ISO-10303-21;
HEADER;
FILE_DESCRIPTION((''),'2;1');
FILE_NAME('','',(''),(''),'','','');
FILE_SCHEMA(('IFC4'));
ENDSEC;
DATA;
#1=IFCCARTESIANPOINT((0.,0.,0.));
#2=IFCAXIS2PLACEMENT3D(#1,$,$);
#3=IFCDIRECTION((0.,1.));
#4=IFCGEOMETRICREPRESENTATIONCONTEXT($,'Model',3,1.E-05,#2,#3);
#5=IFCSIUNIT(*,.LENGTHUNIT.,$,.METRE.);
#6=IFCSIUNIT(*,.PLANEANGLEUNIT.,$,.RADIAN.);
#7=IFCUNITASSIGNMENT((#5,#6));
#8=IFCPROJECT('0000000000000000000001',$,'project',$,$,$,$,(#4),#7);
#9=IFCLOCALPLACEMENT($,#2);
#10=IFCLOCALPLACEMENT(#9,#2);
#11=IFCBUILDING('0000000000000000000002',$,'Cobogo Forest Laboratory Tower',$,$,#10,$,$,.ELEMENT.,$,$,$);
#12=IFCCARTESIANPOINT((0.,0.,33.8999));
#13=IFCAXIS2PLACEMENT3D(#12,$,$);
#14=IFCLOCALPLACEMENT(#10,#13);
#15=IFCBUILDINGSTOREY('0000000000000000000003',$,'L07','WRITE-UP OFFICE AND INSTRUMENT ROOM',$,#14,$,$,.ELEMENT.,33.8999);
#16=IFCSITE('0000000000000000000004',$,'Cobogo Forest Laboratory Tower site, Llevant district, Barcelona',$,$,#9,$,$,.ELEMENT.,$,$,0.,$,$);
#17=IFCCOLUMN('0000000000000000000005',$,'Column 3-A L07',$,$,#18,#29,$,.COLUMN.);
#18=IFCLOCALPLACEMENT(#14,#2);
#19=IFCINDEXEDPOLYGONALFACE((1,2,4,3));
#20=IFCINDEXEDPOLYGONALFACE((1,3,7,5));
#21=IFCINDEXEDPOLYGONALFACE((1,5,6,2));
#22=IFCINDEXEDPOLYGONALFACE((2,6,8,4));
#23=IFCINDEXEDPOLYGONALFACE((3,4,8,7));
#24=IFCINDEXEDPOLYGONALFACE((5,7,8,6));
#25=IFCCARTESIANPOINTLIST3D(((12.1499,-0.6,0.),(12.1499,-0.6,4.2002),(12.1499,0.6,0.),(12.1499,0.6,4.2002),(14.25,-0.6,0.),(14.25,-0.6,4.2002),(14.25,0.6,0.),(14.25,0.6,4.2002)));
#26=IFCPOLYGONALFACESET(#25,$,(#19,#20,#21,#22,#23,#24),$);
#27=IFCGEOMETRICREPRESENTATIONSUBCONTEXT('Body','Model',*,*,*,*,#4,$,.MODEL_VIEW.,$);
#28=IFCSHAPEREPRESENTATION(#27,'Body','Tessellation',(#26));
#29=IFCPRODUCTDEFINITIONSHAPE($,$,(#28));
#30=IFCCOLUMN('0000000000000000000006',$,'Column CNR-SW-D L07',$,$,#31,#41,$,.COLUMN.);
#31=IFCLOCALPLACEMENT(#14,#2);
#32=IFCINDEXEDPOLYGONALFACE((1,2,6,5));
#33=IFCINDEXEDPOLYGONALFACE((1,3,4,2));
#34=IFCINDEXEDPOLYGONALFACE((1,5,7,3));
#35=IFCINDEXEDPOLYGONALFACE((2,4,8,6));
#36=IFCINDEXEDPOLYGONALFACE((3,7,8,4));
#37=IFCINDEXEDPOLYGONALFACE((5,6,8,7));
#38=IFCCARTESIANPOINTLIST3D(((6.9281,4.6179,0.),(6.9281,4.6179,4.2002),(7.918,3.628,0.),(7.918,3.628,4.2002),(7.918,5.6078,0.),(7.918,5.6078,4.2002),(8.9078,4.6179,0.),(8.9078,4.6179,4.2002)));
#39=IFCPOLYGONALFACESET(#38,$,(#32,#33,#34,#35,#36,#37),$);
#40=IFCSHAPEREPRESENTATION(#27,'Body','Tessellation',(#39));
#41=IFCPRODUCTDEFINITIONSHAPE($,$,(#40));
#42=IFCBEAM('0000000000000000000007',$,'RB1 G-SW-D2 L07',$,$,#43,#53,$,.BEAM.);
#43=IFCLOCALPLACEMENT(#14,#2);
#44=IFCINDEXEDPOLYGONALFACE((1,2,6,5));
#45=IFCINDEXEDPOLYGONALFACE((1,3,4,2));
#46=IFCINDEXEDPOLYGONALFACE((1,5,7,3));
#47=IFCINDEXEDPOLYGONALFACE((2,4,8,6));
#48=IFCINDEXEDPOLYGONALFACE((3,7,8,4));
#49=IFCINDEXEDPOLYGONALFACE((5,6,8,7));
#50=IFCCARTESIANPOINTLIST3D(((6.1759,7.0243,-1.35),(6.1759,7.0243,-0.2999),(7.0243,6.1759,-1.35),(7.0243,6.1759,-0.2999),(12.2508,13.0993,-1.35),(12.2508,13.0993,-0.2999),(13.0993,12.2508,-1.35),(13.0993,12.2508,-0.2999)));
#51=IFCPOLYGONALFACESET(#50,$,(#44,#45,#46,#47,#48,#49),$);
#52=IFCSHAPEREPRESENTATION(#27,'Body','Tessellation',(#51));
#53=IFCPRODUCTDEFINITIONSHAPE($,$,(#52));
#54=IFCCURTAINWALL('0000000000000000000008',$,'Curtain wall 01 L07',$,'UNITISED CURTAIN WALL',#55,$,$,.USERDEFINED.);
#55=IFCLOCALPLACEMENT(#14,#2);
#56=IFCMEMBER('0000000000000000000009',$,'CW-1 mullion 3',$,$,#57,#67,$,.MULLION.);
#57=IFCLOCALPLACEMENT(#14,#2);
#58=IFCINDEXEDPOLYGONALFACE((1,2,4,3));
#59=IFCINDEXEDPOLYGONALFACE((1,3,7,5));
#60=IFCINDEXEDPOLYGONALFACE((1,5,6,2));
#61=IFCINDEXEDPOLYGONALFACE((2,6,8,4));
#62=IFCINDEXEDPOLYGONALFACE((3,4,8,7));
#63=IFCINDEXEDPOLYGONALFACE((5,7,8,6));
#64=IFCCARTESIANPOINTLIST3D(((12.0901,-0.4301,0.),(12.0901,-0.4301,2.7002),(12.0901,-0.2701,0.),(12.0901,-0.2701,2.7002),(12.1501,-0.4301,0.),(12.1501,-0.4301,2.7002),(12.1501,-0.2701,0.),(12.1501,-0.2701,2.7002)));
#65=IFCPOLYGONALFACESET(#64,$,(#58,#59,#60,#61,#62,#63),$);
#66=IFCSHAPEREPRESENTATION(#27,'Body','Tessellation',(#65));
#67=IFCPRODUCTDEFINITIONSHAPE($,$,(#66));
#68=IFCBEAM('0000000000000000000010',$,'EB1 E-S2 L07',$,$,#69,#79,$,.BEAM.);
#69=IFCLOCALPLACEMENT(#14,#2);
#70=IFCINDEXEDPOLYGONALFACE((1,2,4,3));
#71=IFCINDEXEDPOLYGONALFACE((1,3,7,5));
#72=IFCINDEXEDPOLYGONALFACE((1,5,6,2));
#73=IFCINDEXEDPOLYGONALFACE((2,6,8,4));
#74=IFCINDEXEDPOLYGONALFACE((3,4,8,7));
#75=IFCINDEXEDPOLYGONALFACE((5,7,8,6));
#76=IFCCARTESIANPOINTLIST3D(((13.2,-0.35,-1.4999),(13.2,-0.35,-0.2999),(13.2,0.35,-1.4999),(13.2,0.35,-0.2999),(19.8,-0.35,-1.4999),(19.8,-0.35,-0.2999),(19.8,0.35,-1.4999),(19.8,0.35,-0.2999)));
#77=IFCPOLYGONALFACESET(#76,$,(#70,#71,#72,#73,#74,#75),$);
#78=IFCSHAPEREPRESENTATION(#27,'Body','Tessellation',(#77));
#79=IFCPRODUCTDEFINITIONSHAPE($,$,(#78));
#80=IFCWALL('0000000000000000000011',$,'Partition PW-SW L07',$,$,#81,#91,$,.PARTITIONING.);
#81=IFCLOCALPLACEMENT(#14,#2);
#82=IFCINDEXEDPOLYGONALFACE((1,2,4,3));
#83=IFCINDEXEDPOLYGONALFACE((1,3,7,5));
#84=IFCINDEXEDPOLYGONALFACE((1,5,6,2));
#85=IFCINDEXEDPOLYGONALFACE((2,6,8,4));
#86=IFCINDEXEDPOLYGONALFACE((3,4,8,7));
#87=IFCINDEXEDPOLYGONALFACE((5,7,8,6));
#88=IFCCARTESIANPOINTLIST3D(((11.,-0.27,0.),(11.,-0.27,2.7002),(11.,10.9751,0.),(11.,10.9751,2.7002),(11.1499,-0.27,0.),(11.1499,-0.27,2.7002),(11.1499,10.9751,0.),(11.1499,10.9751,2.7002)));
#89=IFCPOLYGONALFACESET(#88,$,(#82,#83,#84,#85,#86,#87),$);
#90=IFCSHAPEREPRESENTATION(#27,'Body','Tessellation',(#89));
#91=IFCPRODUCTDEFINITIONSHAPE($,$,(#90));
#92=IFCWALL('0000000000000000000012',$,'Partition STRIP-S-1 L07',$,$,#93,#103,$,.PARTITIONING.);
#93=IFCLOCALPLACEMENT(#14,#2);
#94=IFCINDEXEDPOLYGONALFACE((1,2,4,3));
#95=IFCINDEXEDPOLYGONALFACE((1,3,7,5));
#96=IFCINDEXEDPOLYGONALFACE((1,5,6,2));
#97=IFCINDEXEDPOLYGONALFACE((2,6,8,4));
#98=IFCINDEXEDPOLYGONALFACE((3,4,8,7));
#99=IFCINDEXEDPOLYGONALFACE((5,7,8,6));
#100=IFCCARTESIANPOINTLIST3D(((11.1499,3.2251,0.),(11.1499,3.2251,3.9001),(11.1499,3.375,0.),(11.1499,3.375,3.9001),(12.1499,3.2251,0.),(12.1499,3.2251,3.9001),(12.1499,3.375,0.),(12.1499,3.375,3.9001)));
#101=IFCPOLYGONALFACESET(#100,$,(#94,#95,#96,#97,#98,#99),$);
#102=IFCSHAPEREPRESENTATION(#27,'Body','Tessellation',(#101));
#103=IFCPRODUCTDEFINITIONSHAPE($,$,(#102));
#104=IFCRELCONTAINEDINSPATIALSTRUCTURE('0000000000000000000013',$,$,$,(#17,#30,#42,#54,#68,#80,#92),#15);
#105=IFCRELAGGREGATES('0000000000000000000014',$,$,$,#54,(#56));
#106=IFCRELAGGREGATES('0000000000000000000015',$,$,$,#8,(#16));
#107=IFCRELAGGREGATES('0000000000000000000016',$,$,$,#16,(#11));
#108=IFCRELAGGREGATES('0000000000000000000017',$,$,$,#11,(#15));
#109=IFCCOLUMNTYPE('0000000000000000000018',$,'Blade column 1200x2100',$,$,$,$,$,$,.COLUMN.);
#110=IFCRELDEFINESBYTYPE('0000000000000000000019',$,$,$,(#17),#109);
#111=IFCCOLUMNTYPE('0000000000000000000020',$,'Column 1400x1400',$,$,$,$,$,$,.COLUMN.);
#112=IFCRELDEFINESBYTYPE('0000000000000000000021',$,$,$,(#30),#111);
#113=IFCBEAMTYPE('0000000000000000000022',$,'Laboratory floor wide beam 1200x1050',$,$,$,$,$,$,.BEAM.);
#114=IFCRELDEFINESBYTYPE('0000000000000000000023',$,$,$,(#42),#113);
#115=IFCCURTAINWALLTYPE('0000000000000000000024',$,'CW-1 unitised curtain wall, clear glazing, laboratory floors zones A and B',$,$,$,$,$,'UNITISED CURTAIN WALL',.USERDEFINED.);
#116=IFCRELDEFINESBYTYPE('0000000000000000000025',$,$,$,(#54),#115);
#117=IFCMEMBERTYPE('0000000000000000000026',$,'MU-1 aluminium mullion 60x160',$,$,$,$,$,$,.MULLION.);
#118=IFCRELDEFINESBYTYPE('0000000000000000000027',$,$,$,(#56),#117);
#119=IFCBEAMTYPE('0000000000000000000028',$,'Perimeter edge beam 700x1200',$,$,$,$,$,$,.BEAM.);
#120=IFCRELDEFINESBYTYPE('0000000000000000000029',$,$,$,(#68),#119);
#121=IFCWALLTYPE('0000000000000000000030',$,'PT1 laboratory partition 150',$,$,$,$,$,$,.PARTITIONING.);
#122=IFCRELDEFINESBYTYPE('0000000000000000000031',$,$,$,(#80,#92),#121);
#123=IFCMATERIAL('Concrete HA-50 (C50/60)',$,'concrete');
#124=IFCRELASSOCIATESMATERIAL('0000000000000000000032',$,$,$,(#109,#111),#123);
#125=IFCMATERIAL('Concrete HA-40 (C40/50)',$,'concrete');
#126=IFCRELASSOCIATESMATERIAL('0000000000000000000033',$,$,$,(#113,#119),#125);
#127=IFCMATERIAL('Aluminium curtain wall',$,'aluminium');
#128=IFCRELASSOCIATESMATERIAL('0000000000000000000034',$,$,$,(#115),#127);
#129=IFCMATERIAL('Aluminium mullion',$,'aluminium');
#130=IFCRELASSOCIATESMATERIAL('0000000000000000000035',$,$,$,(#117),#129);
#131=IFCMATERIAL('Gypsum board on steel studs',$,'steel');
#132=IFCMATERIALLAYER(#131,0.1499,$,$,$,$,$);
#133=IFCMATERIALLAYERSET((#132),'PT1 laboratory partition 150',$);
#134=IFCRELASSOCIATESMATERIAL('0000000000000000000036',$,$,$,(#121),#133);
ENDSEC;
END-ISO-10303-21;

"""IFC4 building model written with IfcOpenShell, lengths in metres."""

from ifc_helpers import new_model, si_unit, direction, frame, frame_2d, origin, origin_2d, place, context, subcontext, project, spatial, rectangle, extrude, material, layer, layer_set, material_profile, profile_set, type_object, element, aggregate, save


model = new_model("IFC4")

# Units and contexts
model_context = context("Model", 3, precision=1e-05, world=origin(), true_north=direction((0.0, 1.0)))
body_context = subcontext(model_context, "Body", "Model", "MODEL_VIEW")
ifc_project = project(units=[si_unit("LENGTHUNIT", "METRE"), si_unit("PLANEANGLEUNIT", "RADIAN")], contexts=[model_context])

# Site, building, storey
site_placement = place(None, origin())
site = spatial("IfcSite", under=ifc_project, at=site_placement, Name="Cobogo Forest Laboratory Tower site, Llevant district, Barcelona", CompositionType="ELEMENT", RefElevation=0.0)
building_placement = place(site_placement, origin())
building = spatial("IfcBuilding", under=site, at=building_placement, Name="Cobogo Forest Laboratory Tower", CompositionType="ELEMENT")
storey_placement = place(building_placement, frame((0.0, 0.0, 33.8999)))
storey = spatial("IfcBuildingStorey", under=building, at=storey_placement, Name="L07", Description="WRITE-UP OFFICE AND INSTRUMENT ROOM", CompositionType="ELEMENT", Elevation=33.8999)

# Columns
ifc_material_1 = material(Name="Concrete HA-50 (C50/60)", Category="concrete")
ifc_material_profile_1 = material_profile(ifc_material_1, rectangle(XDim=2.1001, YDim=1.2, at=origin_2d()), Name="RC 1200x2100")
ifc_profile_set_1 = profile_set([ifc_material_profile_1], Name="Concrete HA-50 (C50/60)")
column_type_1 = type_object("IfcColumnType", Name="Blade column 1200x2100", PredefinedType="COLUMN", material=ifc_profile_set_1)
column_1_placement = place(storey_placement, frame((13.2, 0.0, 0.0), z_axis=(0.0, 0.0, 1.0), x_axis=(1.0, 0.0, 0.0)))
element("IfcColumn", 1, at=column_1_placement, inside=storey, type_object=column_type_1, Name="Column 3-A L07", PredefinedType="COLUMN", context=body_context, shape_type="SweptSolid", body=[
    extrude(rectangle(XDim=2.1001, YDim=1.2, at=origin_2d()), origin(), (0.0, 0.0, 1.0), 4.2002),
])
ifc_material_profile_2 = material_profile(ifc_material_1, rectangle(XDim=1.3999, YDim=1.3999, at=origin_2d()), Name="RC 1400x1400")
ifc_profile_set_2 = profile_set([ifc_material_profile_2], Name="Concrete HA-50 (C50/60)")
column_type_2 = type_object("IfcColumnType", Name="Column 1400x1400", PredefinedType="COLUMN", material=ifc_profile_set_2)
column_2_placement = place(storey_placement, frame((7.918, 4.6179, 0.0), z_axis=(0.0, 0.0, 1.0), x_axis=(0.707107, 0.707107, 0.0)))
element("IfcColumn", 2, at=column_2_placement, inside=storey, type_object=column_type_2, Name="Column CNR-SW-D L07", PredefinedType="COLUMN", context=body_context, shape_type="SweptSolid", body=[
    extrude(rectangle(XDim=1.3999, YDim=1.3999, at=origin_2d()), origin(), (0.0, 0.0, 1.0), 4.2002),
])

# Beam
ifc_material_2 = material(Name="Concrete HA-40 (C40/50)", Category="concrete")
ifc_material_profile_3 = material_profile(ifc_material_2, rectangle(XDim=1.2, YDim=1.05, at=origin_2d()), Name="RC 1200x1050")
ifc_profile_set_3 = profile_set([ifc_material_profile_3], Name="Concrete HA-40 (C40/50)")
beam_type_1 = type_object("IfcBeamType", Name="Laboratory floor wide beam 1200x1050", PredefinedType="BEAM", material=ifc_profile_set_3)
beam_1_placement = place(storey_placement, frame((6.6001, 6.6001, -0.825), z_axis=(0.707107, 0.707107, 0.0), x_axis=(-0.707107, 0.707107, 0.0)))
element("IfcBeam", 3, at=beam_1_placement, inside=storey, type_object=beam_type_1, Name="RB1 G-SW-D2 L07", PredefinedType="BEAM", context=body_context, shape_type="SweptSolid", body=[
    extrude(rectangle(XDim=1.2, YDim=1.05, at=origin_2d()), origin(), (0.0, 0.0, 1.0), 8.5913),
])

# Curtain wall, member
ifc_material_3 = material(Name="Aluminium curtain wall", Category="aluminium")
curtain_wall_type = type_object("IfcCurtainWallType", Name="CW-1 unitised curtain wall, clear glazing, laboratory floors zones A and B", ElementType="UNITISED CURTAIN WALL", PredefinedType="USERDEFINED", material=ifc_material_3)
curtain_wall_placement = place(storey_placement, origin())
curtain_wall = element("IfcCurtainWall", 4, at=curtain_wall_placement, inside=storey, type_object=curtain_wall_type, Name="Curtain wall 01 L07", ObjectType="UNITISED CURTAIN WALL", PredefinedType="USERDEFINED")
ifc_material_4 = material(Name="Aluminium mullion", Category="aluminium")
ifc_material_profile_4 = material_profile(ifc_material_4, rectangle(XDim=0.0601, YDim=0.1599, at=origin_2d()), Name="AL 60x160")
ifc_profile_set_4 = profile_set([ifc_material_profile_4], Name="Aluminium mullion")
member_type = type_object("IfcMemberType", Name="MU-1 aluminium mullion 60x160", PredefinedType="MULLION", material=ifc_profile_set_4)
member_placement = place(storey_placement, frame((12.1201, -0.3501, 0.0), z_axis=(0.0, 0.0, 1.0), x_axis=(1.0, 0.0, 0.0)))
member = element("IfcMember", 5, at=member_placement, type_object=member_type, Name="CW-1 mullion 3", PredefinedType="MULLION", context=body_context, shape_type="SweptSolid", body=[
    extrude(rectangle(XDim=0.0601, YDim=0.1599, at=origin_2d()), origin(), (0.0, 0.0, 1.0), 2.7002),
])
aggregate(curtain_wall, [member])

# Beam
ifc_material_profile_5 = material_profile(ifc_material_2, rectangle(XDim=0.7, YDim=1.2, at=origin_2d()), Name="RC 700x1200")
ifc_profile_set_5 = profile_set([ifc_material_profile_5], Name="Concrete HA-40 (C40/50)")
beam_type_2 = type_object("IfcBeamType", Name="Perimeter edge beam 700x1200", PredefinedType="BEAM", material=ifc_profile_set_5)
beam_2_placement = place(storey_placement, frame((13.2, 0.0, -0.8999), z_axis=(1.0, 0.0, 0.0), x_axis=(0.0, 1.0, 0.0)))
element("IfcBeam", 6, at=beam_2_placement, inside=storey, type_object=beam_type_2, Name="EB1 E-S2 L07", PredefinedType="BEAM", context=body_context, shape_type="SweptSolid", body=[
    extrude(rectangle(XDim=0.7, YDim=1.2, at=origin_2d()), origin(), (0.0, 0.0, 1.0), 6.6001),
])

# Walls
ifc_material_5 = material(Name="Gypsum board on steel studs", Category="steel")
ifc_layer_1 = layer(ifc_material_5, 0.1499)
ifc_layer_set_1 = layer_set([ifc_layer_1], Name="PT1 laboratory partition 150")
wall_type_1 = type_object("IfcWallType", Name="PT1 laboratory partition 150", PredefinedType="PARTITIONING", material=ifc_layer_set_1)
wall_1_placement = place(storey_placement, frame((11.075, -0.27, 0.0), z_axis=(0.0, 0.0, 1.0), x_axis=(0.0, 1.0, 0.0)))
element("IfcWall", 7, at=wall_1_placement, inside=storey, type_object=wall_type_1, Name="Partition PW-SW L07", PredefinedType="PARTITIONING", context=body_context, shape_type="SweptSolid", body=[
    extrude(rectangle(XDim=11.2451, YDim=0.1499, at=frame_2d((5.6226, 0.0))), origin(), (0.0, 0.0, 1.0), 2.7002),
])
wall_2_placement = place(storey_placement, frame((11.1499, 3.3, 0.0), z_axis=(0.0, 0.0, 1.0), x_axis=(1.0, 0.0, 0.0)))
element("IfcWall", 8, at=wall_2_placement, inside=storey, type_object=wall_type_1, Name="Partition STRIP-S-1 L07", PredefinedType="PARTITIONING", context=body_context, shape_type="SweptSolid", body=[
    extrude(rectangle(XDim=1.0, YDim=0.1499, at=frame_2d((0.5, 0.0))), origin(), (0.0, 0.0, 1.0), 3.9001),
])

save(model, "model.ifc")
